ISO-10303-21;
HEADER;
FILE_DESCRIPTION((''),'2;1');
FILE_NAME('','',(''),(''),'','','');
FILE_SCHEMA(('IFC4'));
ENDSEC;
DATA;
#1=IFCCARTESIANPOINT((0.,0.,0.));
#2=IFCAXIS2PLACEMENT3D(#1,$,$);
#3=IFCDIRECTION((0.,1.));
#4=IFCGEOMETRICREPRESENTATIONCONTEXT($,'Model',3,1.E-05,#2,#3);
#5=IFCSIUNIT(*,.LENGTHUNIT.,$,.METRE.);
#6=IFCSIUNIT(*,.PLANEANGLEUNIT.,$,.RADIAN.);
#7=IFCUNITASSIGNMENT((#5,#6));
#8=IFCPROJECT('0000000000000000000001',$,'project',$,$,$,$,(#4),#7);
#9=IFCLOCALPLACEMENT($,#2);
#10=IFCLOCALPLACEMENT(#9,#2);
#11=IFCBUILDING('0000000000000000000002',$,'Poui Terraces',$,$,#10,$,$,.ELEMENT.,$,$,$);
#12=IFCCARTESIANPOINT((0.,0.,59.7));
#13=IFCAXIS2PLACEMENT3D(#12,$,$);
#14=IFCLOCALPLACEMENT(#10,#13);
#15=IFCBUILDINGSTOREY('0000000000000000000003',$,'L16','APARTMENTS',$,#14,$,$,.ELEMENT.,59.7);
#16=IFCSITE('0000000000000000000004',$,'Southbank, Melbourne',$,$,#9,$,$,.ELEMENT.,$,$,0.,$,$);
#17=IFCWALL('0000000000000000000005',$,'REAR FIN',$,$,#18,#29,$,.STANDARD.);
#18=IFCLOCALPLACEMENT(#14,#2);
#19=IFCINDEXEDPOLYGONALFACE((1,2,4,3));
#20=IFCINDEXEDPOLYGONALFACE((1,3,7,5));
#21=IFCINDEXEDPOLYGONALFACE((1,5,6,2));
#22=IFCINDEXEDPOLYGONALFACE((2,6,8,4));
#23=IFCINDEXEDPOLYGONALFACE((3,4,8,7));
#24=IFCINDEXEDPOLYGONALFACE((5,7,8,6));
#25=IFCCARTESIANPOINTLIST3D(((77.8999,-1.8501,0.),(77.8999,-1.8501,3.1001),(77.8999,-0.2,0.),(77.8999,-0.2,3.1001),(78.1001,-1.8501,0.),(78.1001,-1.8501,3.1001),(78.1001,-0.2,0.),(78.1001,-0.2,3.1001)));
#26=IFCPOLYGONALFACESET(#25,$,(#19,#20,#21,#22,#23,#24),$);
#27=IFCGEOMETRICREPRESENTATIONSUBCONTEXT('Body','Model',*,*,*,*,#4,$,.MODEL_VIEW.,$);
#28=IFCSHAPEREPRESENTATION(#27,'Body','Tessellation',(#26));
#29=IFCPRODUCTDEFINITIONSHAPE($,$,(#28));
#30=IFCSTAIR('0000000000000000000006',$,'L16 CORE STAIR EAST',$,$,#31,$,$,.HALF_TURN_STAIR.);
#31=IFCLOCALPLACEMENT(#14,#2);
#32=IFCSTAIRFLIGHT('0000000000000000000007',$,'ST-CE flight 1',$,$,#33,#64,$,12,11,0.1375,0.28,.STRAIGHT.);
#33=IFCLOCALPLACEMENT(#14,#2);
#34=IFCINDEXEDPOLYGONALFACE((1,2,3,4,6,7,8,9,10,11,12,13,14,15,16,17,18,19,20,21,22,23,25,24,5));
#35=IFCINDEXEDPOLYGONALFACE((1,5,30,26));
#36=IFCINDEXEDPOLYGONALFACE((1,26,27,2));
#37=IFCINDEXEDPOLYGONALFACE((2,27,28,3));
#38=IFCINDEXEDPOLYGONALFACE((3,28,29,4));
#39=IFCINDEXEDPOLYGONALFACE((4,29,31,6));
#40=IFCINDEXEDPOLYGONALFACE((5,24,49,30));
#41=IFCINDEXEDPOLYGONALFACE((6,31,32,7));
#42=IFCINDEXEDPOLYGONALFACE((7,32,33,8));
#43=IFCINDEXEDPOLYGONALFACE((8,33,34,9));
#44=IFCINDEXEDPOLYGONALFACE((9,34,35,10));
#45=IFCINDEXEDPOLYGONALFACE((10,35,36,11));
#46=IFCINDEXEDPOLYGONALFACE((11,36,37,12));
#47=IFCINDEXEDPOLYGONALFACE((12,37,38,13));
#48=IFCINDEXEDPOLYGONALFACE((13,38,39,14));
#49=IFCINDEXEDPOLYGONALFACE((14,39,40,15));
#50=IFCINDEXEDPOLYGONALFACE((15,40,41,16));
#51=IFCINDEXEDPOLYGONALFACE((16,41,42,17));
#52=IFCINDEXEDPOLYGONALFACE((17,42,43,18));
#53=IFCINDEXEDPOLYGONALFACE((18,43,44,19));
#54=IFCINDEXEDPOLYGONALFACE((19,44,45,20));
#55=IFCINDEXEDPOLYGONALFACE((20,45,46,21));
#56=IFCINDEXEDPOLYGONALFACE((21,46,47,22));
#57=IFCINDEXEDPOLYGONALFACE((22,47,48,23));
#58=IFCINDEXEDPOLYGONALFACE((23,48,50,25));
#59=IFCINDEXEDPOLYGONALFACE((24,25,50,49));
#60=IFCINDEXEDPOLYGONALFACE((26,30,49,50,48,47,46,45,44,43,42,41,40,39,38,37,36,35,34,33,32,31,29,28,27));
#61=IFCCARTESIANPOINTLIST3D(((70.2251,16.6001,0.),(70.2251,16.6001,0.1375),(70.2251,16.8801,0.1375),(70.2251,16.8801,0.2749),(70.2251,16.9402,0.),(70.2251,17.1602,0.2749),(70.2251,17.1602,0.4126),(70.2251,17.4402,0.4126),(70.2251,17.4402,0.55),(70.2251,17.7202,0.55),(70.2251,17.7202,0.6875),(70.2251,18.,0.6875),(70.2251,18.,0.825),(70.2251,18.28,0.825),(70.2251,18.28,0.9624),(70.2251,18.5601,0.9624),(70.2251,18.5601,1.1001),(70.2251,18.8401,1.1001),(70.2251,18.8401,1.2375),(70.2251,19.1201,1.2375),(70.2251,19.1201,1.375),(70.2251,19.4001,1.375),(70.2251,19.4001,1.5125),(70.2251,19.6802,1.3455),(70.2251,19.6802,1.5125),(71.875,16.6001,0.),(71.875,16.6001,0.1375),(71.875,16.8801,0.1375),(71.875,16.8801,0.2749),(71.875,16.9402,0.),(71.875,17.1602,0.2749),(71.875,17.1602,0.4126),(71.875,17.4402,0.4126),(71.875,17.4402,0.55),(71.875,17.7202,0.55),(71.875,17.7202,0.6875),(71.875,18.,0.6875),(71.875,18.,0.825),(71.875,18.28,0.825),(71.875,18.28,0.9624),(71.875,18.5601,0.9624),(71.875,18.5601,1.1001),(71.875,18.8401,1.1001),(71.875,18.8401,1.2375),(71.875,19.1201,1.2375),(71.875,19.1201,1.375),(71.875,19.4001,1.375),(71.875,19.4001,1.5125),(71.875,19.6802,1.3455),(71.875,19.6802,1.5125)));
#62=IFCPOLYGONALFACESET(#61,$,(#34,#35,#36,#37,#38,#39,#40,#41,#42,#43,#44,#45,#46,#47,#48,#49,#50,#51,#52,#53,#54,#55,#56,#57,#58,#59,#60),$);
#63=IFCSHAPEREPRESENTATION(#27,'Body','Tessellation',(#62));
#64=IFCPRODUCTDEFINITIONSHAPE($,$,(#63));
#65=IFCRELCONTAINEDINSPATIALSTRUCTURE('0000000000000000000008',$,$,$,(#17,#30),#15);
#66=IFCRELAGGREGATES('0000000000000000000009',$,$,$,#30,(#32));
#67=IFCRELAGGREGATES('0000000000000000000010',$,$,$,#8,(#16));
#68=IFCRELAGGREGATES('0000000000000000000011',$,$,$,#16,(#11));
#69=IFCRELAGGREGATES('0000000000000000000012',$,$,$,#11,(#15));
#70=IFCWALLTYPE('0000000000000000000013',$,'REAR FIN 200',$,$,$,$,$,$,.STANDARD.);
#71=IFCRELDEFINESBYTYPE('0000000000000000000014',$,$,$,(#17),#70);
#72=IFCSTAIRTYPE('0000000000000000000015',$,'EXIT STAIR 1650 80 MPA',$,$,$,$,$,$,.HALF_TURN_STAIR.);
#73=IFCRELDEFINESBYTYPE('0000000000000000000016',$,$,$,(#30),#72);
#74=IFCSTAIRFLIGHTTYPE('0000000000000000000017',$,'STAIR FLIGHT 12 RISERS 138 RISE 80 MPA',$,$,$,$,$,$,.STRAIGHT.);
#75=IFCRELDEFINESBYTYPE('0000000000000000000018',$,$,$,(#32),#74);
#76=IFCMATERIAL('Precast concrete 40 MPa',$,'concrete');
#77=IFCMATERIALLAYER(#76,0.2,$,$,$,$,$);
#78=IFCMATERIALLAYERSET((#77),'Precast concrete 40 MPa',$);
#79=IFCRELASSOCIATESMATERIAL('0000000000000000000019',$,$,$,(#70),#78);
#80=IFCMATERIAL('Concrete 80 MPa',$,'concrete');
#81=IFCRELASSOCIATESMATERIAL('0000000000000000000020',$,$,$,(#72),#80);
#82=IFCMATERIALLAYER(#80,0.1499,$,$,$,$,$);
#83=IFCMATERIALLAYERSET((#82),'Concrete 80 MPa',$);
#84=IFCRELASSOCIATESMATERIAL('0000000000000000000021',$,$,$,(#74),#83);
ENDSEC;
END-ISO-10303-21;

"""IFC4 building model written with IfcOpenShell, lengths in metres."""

from ifc_helpers import new_model, si_unit, direction, frame, origin, place, context, subcontext, project, spatial, polyline, outline, extrude, source, transform, mapped, material, layer, layer_set, type_object, element, aggregate, save


model = new_model("IFC4")

# Units and contexts
model_context = context("Model", 3, precision=1e-05, world=origin(), true_north=direction((0.0, 1.0)))
body_context = subcontext(model_context, "Body", "Model", "MODEL_VIEW")
ifc_project = project(units=[si_unit("LENGTHUNIT", "METRE"), si_unit("PLANEANGLEUNIT", "RADIAN")], contexts=[model_context])

# Site, building, storey
site_placement = place(None, origin())
site = spatial("IfcSite", under=ifc_project, at=site_placement, Name="Southbank, Melbourne", CompositionType="ELEMENT", RefElevation=0.0)
building_placement = place(site_placement, origin())
building = spatial("IfcBuilding", under=site, at=building_placement, Name="Poui Terraces", CompositionType="ELEMENT")
storey_placement = place(building_placement, frame((0.0, 0.0, 59.7)))
storey = spatial("IfcBuildingStorey", under=building, at=storey_placement, Name="L16", Description="APARTMENTS", CompositionType="ELEMENT", Elevation=59.7)

# Shared definitions
ifc_material_1 = material(Name="Concrete 80 MPa", Category="concrete")

# Shared definitions
ifc_material_2 = material(Name="Precast concrete 40 MPa", Category="concrete")

# Wall
ifc_layer_1 = layer(ifc_material_2, 0.2)
ifc_layer_set_1 = layer_set([ifc_layer_1], Name="Precast concrete 40 MPa")
wall_type_1 = type_object("IfcWallType", Name="REAR FIN 200", PredefinedType="STANDARD", material=ifc_layer_set_1)
shared_shape_1 = source(origin(), body_context, "Body", "SweptSolid", [
    extrude(outline(polyline([(0.0, 0.0), (0.2002, 0.0), (0.2002, 1.6501), (0.0, 1.6501), (0.0, 0.0)])), origin(), (0.0, 0.0, 1.0), 3.1001),
])
for number, where, name in (
    (1, (77.8999, -1.8501, 0.0), "REAR FIN"),
):
    element("IfcWall", number, at=place(storey_placement, frame(where)), inside=storey, type_object=wall_type_1, Name=name, PredefinedType="STANDARD", context=body_context, shape_type="MappedRepresentation", body=[
        mapped(shared_shape_1, transform((0.0, 0.0, 0.0))),
    ])

# Stair, stair flight
stair_type = type_object("IfcStairType", Name="EXIT STAIR 1650 80 MPA", PredefinedType="HALF_TURN_STAIR", material=ifc_material_1)
stair_placement = place(storey_placement, origin())
stair = element("IfcStair", 2, at=stair_placement, inside=storey, type_object=stair_type, Name="L16 CORE STAIR EAST", PredefinedType="HALF_TURN_STAIR")
ifc_layer_2 = layer(ifc_material_1, 0.1499)
ifc_layer_set_2 = layer_set([ifc_layer_2], Name="Concrete 80 MPa")
stair_flight_type = type_object("IfcStairFlightType", Name="STAIR FLIGHT 12 RISERS 138 RISE 80 MPA", PredefinedType="STRAIGHT", material=ifc_layer_set_2)
stair_flight_placement = place(storey_placement, frame((71.05, 16.6001, 0.0), z_axis=(0.0, 0.0, 1.0), x_axis=(0.0, 1.0, 0.0)))
stair_flight = element("IfcStairFlight", 3, at=stair_flight_placement, type_object=stair_flight_type, Name="ST-CE flight 1", NumberOfRisers=12, NumberOfTreads=11, PredefinedType="STRAIGHT", RiserHeight=0.1375, TreadLength=0.28, context=body_context, shape_type="SweptSolid", body=[
    extrude(outline(polyline([(0.0, 0.0), (0.0, 0.1375), (0.28, 0.1375), (0.28, 0.2749), (0.5601, 0.2749), (0.5601, 0.4126), (0.8401, 0.4126), (0.8401, 0.55), (1.1201, 0.55), (1.1201, 0.6875), (1.3999, 0.6875), (1.3999, 0.825), (1.6799, 0.825), (1.6799, 0.9624), (1.96, 0.9624), (1.96, 1.1001), (2.24, 1.1001), (2.24, 1.2375), (2.52, 1.2375), (2.52, 1.375), (2.8, 1.375), (2.8, 1.5125), (3.0801, 1.5125), (3.0801, 1.6499), (3.0801, 1.3455), (0.3401, 0.0), (0.0, 0.0)])), frame((0.0, 0.825, 0.0), z_axis=(0.0, -1.0, 0.0), x_axis=(1.0, 0.0, 0.0)), (0.0, 0.0, 1.0), 1.6499),
])
aggregate(stair, [stair_flight])

save(model, "model.ifc")
